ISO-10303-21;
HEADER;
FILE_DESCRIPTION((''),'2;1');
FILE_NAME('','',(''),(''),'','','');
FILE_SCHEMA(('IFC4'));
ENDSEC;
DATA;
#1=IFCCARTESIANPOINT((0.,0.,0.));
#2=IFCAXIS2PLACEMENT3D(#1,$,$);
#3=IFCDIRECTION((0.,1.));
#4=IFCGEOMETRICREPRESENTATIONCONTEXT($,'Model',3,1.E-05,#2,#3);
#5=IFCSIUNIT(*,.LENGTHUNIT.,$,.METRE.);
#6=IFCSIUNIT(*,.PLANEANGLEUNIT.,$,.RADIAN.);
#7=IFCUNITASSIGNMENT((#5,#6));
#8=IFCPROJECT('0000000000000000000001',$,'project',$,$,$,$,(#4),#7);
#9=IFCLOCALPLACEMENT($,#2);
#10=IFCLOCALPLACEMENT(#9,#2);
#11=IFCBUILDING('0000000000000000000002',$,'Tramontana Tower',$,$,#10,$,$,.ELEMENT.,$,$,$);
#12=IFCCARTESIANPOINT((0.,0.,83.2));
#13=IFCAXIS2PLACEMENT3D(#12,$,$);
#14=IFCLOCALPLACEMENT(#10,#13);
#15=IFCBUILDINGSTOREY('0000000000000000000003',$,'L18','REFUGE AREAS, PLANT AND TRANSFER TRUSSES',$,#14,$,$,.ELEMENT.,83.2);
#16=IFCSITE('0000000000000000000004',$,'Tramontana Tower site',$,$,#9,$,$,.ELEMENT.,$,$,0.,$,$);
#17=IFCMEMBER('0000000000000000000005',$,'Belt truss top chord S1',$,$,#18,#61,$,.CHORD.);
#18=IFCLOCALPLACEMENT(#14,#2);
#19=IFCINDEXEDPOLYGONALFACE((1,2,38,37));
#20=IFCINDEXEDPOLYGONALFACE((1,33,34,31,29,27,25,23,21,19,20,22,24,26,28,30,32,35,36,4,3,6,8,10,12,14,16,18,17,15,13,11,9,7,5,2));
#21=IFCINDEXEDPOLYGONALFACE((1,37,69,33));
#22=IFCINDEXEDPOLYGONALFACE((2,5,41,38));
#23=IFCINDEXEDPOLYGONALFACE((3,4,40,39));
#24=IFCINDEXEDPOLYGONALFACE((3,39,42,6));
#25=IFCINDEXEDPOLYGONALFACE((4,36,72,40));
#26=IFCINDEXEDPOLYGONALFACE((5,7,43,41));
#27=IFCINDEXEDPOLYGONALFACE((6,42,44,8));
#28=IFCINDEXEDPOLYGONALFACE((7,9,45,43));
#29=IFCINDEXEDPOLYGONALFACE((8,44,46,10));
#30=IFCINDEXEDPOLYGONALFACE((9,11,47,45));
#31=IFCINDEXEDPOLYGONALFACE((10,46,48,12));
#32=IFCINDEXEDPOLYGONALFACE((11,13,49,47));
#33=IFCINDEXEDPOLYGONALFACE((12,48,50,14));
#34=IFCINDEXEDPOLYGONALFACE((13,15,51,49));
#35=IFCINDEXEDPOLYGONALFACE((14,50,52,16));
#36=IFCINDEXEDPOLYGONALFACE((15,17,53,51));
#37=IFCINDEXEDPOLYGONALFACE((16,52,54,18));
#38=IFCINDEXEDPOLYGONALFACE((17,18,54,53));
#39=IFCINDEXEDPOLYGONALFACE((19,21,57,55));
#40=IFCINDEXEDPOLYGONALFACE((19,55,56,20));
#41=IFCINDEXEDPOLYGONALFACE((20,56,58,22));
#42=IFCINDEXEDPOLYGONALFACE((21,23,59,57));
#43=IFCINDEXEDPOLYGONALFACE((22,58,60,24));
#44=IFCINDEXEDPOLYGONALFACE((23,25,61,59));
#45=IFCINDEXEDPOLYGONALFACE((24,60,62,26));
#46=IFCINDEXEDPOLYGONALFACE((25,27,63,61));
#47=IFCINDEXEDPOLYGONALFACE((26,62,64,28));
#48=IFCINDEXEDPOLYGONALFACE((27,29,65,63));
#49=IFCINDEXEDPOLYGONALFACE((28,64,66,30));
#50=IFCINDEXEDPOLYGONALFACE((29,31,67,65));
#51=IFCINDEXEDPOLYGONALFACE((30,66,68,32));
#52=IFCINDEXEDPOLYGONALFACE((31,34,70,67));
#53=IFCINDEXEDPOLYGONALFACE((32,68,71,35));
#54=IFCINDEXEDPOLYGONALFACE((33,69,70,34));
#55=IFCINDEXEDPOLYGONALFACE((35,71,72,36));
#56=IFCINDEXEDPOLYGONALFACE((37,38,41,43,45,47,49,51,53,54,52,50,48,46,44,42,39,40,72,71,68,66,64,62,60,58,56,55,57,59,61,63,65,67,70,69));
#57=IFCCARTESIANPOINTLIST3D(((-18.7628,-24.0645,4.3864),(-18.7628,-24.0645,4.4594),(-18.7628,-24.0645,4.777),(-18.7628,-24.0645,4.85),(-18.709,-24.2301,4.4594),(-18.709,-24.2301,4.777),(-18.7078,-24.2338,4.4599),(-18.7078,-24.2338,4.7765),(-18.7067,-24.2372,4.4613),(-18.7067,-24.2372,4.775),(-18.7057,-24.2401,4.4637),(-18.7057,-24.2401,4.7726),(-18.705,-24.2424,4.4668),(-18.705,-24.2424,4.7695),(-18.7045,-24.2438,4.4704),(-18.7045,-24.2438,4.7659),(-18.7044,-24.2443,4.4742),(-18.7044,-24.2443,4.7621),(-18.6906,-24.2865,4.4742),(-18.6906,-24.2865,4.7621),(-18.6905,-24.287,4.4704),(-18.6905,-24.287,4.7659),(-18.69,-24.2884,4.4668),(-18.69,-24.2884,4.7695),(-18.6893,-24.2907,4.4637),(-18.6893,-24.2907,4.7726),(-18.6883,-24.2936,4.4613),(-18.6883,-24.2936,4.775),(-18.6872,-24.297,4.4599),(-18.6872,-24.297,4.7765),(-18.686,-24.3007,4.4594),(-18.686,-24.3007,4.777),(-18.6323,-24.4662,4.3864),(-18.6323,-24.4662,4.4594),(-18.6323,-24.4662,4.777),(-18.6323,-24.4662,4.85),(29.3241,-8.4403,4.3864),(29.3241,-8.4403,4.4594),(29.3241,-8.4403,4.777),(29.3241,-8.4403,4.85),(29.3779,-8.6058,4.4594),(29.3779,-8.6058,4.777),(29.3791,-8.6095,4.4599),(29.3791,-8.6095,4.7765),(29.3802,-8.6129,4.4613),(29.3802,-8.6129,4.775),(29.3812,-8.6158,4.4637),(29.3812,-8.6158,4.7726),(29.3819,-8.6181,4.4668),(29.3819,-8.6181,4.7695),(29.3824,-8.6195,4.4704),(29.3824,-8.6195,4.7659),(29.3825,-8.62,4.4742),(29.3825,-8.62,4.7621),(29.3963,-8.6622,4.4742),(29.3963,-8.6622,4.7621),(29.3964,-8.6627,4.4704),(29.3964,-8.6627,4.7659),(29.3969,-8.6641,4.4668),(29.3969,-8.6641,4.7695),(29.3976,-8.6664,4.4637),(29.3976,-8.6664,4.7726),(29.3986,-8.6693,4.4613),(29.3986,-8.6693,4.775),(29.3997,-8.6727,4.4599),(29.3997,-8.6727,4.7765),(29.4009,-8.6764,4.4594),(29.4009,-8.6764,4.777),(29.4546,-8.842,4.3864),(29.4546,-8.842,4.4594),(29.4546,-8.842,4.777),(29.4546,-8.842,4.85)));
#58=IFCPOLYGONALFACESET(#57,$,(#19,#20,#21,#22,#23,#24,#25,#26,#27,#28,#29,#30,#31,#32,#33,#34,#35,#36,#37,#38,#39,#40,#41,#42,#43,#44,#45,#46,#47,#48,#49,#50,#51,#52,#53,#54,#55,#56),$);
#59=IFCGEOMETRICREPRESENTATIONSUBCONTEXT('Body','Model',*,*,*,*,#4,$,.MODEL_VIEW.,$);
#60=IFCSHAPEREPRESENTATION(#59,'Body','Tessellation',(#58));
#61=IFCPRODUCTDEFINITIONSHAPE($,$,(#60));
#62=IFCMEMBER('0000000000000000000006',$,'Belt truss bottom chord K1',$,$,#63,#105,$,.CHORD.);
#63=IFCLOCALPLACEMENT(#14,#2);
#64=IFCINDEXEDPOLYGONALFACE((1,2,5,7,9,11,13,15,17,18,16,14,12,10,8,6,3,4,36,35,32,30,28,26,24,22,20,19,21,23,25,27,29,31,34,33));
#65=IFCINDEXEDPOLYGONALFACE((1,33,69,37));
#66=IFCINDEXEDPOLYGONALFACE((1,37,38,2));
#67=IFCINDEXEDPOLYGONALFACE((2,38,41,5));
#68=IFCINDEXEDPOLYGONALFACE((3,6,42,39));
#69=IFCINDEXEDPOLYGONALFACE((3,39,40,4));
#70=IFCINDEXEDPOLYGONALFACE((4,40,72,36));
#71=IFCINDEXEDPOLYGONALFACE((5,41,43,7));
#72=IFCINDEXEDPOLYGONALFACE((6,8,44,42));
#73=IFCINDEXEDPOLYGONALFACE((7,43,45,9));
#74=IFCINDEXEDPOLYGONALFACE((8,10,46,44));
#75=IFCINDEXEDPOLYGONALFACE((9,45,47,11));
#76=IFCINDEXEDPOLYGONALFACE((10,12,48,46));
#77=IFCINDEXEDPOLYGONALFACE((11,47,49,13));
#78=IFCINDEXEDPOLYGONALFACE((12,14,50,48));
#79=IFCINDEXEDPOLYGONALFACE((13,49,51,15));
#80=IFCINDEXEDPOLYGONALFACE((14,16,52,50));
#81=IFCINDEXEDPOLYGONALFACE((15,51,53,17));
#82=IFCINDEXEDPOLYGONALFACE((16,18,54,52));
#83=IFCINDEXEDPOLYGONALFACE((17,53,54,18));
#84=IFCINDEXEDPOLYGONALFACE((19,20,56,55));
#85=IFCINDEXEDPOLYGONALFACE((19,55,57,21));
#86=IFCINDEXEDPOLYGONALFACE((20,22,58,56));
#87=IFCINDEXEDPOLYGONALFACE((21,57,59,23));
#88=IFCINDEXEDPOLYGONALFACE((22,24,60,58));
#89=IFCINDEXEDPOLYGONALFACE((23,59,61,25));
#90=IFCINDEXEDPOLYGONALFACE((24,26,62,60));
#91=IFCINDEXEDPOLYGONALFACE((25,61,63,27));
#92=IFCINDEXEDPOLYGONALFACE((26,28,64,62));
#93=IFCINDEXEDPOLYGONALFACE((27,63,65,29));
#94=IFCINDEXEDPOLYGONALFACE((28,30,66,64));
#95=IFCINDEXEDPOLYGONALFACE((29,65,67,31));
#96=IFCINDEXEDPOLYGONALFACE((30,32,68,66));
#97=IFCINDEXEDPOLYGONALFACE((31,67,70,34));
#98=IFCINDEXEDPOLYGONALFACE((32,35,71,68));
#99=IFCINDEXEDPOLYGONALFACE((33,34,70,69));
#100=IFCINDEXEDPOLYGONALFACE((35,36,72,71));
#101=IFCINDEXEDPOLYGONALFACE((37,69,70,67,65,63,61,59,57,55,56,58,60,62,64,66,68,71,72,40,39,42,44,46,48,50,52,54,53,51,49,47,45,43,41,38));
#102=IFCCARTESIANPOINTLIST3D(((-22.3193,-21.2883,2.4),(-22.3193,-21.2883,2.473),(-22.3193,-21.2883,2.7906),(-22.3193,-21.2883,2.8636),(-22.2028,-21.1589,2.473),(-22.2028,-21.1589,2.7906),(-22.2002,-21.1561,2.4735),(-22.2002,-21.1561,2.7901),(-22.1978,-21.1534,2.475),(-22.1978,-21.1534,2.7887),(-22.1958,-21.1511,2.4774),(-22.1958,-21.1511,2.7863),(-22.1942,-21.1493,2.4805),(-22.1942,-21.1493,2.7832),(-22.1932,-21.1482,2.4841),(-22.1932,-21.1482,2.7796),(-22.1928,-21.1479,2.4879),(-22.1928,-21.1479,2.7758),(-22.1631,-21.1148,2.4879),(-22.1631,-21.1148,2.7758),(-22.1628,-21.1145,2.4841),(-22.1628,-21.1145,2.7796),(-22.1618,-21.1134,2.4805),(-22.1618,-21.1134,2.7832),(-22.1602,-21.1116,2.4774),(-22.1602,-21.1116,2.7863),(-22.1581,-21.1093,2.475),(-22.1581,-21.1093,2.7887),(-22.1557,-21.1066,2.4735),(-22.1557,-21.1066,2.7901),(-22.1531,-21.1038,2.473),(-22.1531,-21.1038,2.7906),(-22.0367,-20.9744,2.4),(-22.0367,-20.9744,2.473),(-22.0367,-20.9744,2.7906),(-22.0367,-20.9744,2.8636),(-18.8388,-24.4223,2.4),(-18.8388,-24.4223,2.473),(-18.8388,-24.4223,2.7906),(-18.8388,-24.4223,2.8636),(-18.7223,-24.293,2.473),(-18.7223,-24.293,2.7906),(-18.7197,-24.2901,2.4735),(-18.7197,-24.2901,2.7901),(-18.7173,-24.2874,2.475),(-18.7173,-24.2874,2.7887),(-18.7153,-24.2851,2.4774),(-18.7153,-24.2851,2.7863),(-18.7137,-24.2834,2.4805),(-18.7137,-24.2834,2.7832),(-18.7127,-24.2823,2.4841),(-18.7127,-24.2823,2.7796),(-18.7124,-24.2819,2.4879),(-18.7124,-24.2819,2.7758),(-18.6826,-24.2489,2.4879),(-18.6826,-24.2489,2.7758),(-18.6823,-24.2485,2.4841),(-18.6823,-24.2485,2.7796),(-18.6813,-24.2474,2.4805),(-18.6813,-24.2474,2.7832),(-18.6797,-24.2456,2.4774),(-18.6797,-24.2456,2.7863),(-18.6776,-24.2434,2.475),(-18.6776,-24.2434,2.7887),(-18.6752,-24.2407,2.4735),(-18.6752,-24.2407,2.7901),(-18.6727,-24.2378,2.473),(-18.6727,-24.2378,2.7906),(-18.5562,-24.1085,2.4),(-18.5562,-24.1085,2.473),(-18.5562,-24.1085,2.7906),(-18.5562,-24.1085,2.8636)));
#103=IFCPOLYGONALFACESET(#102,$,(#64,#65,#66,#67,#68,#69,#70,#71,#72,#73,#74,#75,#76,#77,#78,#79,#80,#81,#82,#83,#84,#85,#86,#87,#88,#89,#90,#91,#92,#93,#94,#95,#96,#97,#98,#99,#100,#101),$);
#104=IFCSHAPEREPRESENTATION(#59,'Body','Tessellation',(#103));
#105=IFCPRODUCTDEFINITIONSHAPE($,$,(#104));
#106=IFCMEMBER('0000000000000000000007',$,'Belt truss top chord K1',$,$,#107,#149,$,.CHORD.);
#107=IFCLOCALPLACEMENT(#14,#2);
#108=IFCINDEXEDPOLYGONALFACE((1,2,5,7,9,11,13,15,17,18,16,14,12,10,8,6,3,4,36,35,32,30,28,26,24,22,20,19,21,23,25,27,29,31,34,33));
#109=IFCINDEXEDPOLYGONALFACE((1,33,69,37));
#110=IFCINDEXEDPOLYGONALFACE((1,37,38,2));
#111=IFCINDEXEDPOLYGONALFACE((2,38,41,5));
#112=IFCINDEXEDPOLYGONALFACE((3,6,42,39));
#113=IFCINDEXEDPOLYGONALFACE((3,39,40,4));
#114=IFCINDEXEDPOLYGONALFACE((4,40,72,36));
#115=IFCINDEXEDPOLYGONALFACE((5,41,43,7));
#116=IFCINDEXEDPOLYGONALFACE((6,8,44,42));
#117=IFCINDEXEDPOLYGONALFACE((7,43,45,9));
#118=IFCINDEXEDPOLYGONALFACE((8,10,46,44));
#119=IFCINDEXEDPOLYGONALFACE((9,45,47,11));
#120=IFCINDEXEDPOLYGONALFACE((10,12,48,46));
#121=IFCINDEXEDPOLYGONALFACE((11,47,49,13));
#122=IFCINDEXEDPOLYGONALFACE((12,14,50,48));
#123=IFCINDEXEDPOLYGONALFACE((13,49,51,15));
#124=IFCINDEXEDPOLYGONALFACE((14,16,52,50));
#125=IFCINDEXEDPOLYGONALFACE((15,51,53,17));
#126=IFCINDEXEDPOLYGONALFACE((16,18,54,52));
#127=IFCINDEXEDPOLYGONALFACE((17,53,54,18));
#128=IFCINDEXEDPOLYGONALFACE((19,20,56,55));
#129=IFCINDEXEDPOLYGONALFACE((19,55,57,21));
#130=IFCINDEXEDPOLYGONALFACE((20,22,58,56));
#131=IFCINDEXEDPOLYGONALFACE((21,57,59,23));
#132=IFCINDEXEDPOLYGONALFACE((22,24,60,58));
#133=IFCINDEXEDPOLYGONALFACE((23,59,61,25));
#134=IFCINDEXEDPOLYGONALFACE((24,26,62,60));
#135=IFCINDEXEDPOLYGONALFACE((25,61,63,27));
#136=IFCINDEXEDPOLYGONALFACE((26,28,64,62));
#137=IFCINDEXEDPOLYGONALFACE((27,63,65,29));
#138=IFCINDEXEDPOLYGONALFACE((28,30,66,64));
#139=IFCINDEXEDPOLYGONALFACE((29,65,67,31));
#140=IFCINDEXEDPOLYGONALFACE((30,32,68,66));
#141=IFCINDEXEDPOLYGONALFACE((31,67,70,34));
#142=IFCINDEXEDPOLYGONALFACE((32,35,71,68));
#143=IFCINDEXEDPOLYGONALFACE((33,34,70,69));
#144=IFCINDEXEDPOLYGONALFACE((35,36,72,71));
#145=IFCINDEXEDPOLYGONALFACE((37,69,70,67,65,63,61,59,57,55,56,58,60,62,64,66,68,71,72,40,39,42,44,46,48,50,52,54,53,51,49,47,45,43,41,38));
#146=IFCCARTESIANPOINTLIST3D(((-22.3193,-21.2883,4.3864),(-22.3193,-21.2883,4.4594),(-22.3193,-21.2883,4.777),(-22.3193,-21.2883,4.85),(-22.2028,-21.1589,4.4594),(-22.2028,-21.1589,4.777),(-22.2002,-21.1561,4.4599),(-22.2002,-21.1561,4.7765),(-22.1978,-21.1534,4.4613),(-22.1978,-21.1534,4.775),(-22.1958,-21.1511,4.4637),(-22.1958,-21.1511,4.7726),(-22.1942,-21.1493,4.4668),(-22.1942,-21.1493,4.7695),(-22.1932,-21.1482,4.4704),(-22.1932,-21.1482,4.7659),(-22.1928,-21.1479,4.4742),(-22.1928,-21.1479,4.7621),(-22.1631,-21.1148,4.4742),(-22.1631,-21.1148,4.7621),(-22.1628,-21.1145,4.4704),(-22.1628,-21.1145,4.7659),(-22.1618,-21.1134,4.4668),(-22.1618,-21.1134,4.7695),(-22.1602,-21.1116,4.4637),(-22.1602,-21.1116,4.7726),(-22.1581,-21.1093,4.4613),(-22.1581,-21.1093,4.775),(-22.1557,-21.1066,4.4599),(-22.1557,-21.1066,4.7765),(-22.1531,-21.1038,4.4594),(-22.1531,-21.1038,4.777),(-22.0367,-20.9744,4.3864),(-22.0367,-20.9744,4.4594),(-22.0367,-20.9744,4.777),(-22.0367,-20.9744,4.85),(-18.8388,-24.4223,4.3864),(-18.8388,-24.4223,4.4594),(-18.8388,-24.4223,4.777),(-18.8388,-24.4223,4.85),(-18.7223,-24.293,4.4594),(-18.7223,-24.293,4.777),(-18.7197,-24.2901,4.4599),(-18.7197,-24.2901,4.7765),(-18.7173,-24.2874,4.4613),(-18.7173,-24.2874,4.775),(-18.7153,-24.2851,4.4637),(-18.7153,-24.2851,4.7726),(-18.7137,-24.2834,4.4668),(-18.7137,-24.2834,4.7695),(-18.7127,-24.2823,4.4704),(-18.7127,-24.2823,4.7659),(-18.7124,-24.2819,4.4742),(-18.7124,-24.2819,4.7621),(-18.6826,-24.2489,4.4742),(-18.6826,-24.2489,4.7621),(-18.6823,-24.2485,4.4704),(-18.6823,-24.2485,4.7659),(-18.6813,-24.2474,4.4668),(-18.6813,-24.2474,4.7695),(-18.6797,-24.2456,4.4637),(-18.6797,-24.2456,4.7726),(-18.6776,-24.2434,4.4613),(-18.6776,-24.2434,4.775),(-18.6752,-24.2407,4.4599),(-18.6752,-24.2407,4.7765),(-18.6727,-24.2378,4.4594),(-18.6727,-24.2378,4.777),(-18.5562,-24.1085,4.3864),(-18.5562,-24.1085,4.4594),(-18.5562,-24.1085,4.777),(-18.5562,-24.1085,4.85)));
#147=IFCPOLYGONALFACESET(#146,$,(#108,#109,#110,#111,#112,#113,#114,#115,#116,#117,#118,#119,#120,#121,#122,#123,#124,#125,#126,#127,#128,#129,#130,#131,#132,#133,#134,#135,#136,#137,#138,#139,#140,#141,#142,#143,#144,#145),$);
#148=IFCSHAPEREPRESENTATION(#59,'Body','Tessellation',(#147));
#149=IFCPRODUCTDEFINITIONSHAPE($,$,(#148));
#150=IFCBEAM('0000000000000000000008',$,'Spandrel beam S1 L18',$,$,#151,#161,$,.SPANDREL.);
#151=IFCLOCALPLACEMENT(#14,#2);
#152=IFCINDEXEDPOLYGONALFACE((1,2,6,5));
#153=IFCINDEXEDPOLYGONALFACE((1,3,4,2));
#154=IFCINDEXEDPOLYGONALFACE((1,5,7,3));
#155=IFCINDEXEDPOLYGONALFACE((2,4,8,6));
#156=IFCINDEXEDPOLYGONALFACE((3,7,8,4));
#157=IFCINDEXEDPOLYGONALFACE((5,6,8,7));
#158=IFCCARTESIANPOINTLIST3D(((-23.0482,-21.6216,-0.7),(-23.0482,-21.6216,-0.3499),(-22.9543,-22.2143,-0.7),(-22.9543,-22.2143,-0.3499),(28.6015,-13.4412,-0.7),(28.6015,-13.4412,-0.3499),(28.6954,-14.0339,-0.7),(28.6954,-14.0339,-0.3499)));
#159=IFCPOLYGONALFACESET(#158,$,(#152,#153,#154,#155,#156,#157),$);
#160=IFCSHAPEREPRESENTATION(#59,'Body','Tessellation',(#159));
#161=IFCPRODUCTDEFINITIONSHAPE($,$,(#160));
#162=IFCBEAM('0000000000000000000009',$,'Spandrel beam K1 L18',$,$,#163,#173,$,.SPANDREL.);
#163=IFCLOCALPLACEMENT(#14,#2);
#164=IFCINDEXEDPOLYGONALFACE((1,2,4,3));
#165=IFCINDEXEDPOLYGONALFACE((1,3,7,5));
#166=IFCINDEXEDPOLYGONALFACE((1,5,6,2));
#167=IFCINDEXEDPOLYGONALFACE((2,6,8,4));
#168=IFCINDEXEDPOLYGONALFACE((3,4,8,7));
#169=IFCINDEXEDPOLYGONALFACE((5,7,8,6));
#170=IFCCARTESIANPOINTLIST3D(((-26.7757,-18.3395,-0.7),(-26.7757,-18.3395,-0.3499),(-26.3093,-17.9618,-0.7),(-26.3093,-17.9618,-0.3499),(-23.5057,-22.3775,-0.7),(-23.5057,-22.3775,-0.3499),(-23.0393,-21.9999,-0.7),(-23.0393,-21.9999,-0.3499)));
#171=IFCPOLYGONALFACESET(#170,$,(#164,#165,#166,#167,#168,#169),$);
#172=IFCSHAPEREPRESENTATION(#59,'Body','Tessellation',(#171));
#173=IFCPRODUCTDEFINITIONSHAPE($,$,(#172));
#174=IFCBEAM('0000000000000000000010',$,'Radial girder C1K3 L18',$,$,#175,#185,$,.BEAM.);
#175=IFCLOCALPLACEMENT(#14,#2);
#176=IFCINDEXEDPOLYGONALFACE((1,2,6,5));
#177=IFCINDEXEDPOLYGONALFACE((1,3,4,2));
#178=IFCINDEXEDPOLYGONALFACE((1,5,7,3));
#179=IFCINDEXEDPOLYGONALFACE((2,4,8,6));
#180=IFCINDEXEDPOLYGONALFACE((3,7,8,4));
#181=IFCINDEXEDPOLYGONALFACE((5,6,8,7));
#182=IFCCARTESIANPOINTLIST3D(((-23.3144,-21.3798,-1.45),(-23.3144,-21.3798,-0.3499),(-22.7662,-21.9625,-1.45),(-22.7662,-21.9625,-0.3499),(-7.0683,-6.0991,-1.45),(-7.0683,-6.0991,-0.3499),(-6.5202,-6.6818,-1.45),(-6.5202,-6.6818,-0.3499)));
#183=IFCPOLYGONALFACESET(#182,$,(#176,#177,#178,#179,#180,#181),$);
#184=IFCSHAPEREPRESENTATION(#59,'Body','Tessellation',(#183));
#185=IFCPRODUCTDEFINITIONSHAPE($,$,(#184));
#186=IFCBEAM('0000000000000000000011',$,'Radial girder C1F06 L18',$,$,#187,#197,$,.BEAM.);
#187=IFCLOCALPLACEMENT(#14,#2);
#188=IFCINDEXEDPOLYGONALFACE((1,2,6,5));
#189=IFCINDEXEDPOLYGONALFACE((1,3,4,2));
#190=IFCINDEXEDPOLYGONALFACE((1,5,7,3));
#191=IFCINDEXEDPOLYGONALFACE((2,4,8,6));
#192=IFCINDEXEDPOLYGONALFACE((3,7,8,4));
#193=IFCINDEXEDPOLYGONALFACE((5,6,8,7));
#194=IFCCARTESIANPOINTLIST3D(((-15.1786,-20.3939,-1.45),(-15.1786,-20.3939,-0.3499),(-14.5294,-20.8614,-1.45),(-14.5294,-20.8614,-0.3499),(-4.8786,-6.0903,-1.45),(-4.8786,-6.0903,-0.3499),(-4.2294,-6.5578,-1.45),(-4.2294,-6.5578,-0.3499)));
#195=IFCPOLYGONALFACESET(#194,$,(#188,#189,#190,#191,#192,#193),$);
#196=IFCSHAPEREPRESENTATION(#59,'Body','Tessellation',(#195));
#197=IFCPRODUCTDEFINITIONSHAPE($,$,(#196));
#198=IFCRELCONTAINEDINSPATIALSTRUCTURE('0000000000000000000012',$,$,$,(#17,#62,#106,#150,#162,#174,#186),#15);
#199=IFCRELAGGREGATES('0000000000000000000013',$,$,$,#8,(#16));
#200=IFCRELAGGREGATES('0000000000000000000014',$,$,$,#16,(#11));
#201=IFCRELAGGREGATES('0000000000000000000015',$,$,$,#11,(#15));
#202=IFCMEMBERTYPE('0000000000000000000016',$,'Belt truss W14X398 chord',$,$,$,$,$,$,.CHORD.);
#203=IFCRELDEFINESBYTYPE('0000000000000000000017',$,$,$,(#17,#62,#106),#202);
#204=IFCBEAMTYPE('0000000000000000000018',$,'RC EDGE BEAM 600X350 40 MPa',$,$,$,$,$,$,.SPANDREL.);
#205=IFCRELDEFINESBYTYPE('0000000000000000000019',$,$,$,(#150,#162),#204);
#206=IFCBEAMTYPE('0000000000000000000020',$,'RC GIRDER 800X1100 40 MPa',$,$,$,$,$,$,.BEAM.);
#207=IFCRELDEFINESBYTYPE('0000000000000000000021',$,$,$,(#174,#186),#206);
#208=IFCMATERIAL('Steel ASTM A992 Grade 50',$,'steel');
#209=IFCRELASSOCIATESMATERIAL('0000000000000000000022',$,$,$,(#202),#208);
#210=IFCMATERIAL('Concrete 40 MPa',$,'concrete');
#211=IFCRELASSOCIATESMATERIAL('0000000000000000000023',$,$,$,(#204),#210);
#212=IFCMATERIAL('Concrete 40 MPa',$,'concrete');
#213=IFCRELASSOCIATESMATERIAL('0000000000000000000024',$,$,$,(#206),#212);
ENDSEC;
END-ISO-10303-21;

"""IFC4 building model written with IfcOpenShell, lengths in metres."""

from ifc_helpers import new_model, si_unit, direction, frame, origin, origin_2d, place, context, subcontext, project, spatial, rectangle, i_section, extrude, material, material_profile, profile_set, type_object, element, save


model = new_model("IFC4")

# Units and contexts
model_context = context("Model", 3, precision=1e-05, world=origin(), true_north=direction((0.0, 1.0)))
body_context = subcontext(model_context, "Body", "Model", "MODEL_VIEW")
ifc_project = project(units=[si_unit("LENGTHUNIT", "METRE"), si_unit("PLANEANGLEUNIT", "RADIAN")], contexts=[model_context])

# Site, building, storey
site_placement = place(None, origin())
site = spatial("IfcSite", under=ifc_project, at=site_placement, Name="Tramontana Tower site", CompositionType="ELEMENT", RefElevation=0.0)
building_placement = place(site_placement, origin())
building = spatial("IfcBuilding", under=site, at=building_placement, Name="Tramontana Tower", CompositionType="ELEMENT")
storey_placement = place(building_placement, frame((0.0, 0.0, 83.2)))
storey = spatial("IfcBuildingStorey", under=building, at=storey_placement, Name="L18", Description="REFUGE AREAS, PLANT AND TRANSFER TRUSSES", CompositionType="ELEMENT", Elevation=83.2)

# Members
ifc_material_1 = material(Name="Steel ASTM A992 Grade 50", Category="steel")
ifc_material_profile_1 = material_profile(ifc_material_1, i_section(OverallWidth=0.4224, OverallDepth=0.4636, WebThickness=0.0444, FlangeThickness=0.073, FilletRadius=0.0149, at=origin_2d()), Name="W14X398")
ifc_profile_set_1 = profile_set([ifc_material_profile_1], Name="Steel ASTM A992 Grade 50")
member_type_1 = type_object("IfcMemberType", Name="Belt truss W14X398 chord", PredefinedType="CHORD", material=ifc_profile_set_1)
for number, where, z_axis, x_axis, name in (
    (1, (-18.6975, -24.2654, 4.6182), (0.951057, 0.309015, 0.0), (-0.309015, 0.951057, 0.0), "Belt truss top chord S1"),
):
    element("IfcMember", number, at=place(storey_placement, frame(where, z_axis=z_axis, x_axis=x_axis)), inside=storey, type_object=member_type_1, Name=name, PredefinedType="CHORD", context=body_context, shape_type="SweptSolid", body=[
        extrude(i_section(OverallWidth=0.4224, OverallDepth=0.4636, WebThickness=0.0444, FlangeThickness=0.073, FilletRadius=0.0149, at=origin_2d()), origin(), (0.0, 0.0, 1.0), 50.5615),
    ])
for number, where, z_axis, x_axis, name in (
    (2, (-22.178, -21.1313, 2.6318), (0.743123, -0.669155, 0.0), (0.669155, 0.743123, 0.0), "Belt truss bottom chord K1"),
    (3, (-22.178, -21.1313, 4.6182), (0.743123, -0.669155, 0.0), (0.669155, 0.743123, 0.0), "Belt truss top chord K1"),
):
    element("IfcMember", number, at=place(storey_placement, frame(where, z_axis=z_axis, x_axis=x_axis)), inside=storey, type_object=member_type_1, Name=name, PredefinedType="CHORD", context=body_context, shape_type="SweptSolid", body=[
        extrude(i_section(OverallWidth=0.4224, OverallDepth=0.4636, WebThickness=0.0444, FlangeThickness=0.073, FilletRadius=0.0149, at=origin_2d()), origin(), (0.0, 0.0, 1.0), 4.6836),
    ])

# Beams
ifc_material_2 = material(Name="Concrete 40 MPa", Category="concrete")
ifc_material_profile_2 = material_profile(ifc_material_2, rectangle(XDim=0.6001, YDim=0.3501, at=origin_2d()), Name="RC EDGE BEAM 600X350 40 MPa")
ifc_profile_set_2 = profile_set([ifc_material_profile_2], Name="Concrete 40 MPa")
beam_type_1 = type_object("IfcBeamType", Name="RC EDGE BEAM 600X350 40 MPa", PredefinedType="SPANDREL", material=ifc_profile_set_2)
beam_1_placement = place(storey_placement, frame((-23.0012, -21.918, -0.5249), z_axis=(0.987689, 0.156433, 0.0), x_axis=(-0.156433, 0.987689, 0.0)))
element("IfcBeam", 4, at=beam_1_placement, inside=storey, type_object=beam_type_1, Name="Spandrel beam S1 L18", PredefinedType="SPANDREL", context=body_context, shape_type="SweptSolid", body=[
    extrude(rectangle(XDim=0.6001, YDim=0.3501, at=origin_2d()), origin(), (0.0, 0.0, 1.0), 52.2935),
])
beam_2_placement = place(storey_placement, frame((-26.5425, -18.1506, -0.5249), z_axis=(0.629325, -0.777142, 0.0), x_axis=(0.777142, 0.629325, 0.0)))
element("IfcBeam", 5, at=beam_2_placement, inside=storey, type_object=beam_type_1, Name="Spandrel beam K1 L18", PredefinedType="SPANDREL", context=body_context, shape_type="SweptSolid", body=[
    extrude(rectangle(XDim=0.6001, YDim=0.3501, at=origin_2d()), origin(), (0.0, 0.0, 1.0), 5.196),
])
ifc_material_3 = material(Name="Concrete 40 MPa", Category="concrete")
ifc_material_profile_3 = material_profile(ifc_material_3, rectangle(XDim=0.8, YDim=1.1001, at=origin_2d()), Name="RC GIRDER 800X1100 40 MPa")
ifc_profile_set_3 = profile_set([ifc_material_profile_3], Name="Concrete 40 MPa")
beam_type_2 = type_object("IfcBeamType", Name="RC GIRDER 800X1100 40 MPa", PredefinedType="BEAM", material=ifc_profile_set_3)
beam_3_placement = place(storey_placement, frame((-23.0403, -21.6711, -0.8999), z_axis=(0.728417, 0.685135, 0.0), x_axis=(-0.685135, 0.728417, 0.0)))
element("IfcBeam", 6, at=beam_3_placement, inside=storey, type_object=beam_type_2, Name="Radial girder C1K3 L18", PredefinedType="BEAM", context=body_context, shape_type="SweptSolid", body=[
    extrude(rectangle(XDim=0.8, YDim=1.1001, at=origin_2d()), origin(), (0.0, 0.0, 1.0), 22.3032),
])
beam_4_placement = place(storey_placement, frame((-14.854, -20.6277, -0.8999), z_axis=(0.584356, 0.811497, 0.0), x_axis=(-0.811497, 0.584356, 0.0)))
element("IfcBeam", 7, at=beam_4_placement, inside=storey, type_object=beam_type_2, Name="Radial girder C1F06 L18", PredefinedType="BEAM", context=body_context, shape_type="SweptSolid", body=[
    extrude(rectangle(XDim=0.8, YDim=1.1001, at=origin_2d()), origin(), (0.0, 0.0, 1.0), 17.6262),
])

save(model, "model.ifc")
